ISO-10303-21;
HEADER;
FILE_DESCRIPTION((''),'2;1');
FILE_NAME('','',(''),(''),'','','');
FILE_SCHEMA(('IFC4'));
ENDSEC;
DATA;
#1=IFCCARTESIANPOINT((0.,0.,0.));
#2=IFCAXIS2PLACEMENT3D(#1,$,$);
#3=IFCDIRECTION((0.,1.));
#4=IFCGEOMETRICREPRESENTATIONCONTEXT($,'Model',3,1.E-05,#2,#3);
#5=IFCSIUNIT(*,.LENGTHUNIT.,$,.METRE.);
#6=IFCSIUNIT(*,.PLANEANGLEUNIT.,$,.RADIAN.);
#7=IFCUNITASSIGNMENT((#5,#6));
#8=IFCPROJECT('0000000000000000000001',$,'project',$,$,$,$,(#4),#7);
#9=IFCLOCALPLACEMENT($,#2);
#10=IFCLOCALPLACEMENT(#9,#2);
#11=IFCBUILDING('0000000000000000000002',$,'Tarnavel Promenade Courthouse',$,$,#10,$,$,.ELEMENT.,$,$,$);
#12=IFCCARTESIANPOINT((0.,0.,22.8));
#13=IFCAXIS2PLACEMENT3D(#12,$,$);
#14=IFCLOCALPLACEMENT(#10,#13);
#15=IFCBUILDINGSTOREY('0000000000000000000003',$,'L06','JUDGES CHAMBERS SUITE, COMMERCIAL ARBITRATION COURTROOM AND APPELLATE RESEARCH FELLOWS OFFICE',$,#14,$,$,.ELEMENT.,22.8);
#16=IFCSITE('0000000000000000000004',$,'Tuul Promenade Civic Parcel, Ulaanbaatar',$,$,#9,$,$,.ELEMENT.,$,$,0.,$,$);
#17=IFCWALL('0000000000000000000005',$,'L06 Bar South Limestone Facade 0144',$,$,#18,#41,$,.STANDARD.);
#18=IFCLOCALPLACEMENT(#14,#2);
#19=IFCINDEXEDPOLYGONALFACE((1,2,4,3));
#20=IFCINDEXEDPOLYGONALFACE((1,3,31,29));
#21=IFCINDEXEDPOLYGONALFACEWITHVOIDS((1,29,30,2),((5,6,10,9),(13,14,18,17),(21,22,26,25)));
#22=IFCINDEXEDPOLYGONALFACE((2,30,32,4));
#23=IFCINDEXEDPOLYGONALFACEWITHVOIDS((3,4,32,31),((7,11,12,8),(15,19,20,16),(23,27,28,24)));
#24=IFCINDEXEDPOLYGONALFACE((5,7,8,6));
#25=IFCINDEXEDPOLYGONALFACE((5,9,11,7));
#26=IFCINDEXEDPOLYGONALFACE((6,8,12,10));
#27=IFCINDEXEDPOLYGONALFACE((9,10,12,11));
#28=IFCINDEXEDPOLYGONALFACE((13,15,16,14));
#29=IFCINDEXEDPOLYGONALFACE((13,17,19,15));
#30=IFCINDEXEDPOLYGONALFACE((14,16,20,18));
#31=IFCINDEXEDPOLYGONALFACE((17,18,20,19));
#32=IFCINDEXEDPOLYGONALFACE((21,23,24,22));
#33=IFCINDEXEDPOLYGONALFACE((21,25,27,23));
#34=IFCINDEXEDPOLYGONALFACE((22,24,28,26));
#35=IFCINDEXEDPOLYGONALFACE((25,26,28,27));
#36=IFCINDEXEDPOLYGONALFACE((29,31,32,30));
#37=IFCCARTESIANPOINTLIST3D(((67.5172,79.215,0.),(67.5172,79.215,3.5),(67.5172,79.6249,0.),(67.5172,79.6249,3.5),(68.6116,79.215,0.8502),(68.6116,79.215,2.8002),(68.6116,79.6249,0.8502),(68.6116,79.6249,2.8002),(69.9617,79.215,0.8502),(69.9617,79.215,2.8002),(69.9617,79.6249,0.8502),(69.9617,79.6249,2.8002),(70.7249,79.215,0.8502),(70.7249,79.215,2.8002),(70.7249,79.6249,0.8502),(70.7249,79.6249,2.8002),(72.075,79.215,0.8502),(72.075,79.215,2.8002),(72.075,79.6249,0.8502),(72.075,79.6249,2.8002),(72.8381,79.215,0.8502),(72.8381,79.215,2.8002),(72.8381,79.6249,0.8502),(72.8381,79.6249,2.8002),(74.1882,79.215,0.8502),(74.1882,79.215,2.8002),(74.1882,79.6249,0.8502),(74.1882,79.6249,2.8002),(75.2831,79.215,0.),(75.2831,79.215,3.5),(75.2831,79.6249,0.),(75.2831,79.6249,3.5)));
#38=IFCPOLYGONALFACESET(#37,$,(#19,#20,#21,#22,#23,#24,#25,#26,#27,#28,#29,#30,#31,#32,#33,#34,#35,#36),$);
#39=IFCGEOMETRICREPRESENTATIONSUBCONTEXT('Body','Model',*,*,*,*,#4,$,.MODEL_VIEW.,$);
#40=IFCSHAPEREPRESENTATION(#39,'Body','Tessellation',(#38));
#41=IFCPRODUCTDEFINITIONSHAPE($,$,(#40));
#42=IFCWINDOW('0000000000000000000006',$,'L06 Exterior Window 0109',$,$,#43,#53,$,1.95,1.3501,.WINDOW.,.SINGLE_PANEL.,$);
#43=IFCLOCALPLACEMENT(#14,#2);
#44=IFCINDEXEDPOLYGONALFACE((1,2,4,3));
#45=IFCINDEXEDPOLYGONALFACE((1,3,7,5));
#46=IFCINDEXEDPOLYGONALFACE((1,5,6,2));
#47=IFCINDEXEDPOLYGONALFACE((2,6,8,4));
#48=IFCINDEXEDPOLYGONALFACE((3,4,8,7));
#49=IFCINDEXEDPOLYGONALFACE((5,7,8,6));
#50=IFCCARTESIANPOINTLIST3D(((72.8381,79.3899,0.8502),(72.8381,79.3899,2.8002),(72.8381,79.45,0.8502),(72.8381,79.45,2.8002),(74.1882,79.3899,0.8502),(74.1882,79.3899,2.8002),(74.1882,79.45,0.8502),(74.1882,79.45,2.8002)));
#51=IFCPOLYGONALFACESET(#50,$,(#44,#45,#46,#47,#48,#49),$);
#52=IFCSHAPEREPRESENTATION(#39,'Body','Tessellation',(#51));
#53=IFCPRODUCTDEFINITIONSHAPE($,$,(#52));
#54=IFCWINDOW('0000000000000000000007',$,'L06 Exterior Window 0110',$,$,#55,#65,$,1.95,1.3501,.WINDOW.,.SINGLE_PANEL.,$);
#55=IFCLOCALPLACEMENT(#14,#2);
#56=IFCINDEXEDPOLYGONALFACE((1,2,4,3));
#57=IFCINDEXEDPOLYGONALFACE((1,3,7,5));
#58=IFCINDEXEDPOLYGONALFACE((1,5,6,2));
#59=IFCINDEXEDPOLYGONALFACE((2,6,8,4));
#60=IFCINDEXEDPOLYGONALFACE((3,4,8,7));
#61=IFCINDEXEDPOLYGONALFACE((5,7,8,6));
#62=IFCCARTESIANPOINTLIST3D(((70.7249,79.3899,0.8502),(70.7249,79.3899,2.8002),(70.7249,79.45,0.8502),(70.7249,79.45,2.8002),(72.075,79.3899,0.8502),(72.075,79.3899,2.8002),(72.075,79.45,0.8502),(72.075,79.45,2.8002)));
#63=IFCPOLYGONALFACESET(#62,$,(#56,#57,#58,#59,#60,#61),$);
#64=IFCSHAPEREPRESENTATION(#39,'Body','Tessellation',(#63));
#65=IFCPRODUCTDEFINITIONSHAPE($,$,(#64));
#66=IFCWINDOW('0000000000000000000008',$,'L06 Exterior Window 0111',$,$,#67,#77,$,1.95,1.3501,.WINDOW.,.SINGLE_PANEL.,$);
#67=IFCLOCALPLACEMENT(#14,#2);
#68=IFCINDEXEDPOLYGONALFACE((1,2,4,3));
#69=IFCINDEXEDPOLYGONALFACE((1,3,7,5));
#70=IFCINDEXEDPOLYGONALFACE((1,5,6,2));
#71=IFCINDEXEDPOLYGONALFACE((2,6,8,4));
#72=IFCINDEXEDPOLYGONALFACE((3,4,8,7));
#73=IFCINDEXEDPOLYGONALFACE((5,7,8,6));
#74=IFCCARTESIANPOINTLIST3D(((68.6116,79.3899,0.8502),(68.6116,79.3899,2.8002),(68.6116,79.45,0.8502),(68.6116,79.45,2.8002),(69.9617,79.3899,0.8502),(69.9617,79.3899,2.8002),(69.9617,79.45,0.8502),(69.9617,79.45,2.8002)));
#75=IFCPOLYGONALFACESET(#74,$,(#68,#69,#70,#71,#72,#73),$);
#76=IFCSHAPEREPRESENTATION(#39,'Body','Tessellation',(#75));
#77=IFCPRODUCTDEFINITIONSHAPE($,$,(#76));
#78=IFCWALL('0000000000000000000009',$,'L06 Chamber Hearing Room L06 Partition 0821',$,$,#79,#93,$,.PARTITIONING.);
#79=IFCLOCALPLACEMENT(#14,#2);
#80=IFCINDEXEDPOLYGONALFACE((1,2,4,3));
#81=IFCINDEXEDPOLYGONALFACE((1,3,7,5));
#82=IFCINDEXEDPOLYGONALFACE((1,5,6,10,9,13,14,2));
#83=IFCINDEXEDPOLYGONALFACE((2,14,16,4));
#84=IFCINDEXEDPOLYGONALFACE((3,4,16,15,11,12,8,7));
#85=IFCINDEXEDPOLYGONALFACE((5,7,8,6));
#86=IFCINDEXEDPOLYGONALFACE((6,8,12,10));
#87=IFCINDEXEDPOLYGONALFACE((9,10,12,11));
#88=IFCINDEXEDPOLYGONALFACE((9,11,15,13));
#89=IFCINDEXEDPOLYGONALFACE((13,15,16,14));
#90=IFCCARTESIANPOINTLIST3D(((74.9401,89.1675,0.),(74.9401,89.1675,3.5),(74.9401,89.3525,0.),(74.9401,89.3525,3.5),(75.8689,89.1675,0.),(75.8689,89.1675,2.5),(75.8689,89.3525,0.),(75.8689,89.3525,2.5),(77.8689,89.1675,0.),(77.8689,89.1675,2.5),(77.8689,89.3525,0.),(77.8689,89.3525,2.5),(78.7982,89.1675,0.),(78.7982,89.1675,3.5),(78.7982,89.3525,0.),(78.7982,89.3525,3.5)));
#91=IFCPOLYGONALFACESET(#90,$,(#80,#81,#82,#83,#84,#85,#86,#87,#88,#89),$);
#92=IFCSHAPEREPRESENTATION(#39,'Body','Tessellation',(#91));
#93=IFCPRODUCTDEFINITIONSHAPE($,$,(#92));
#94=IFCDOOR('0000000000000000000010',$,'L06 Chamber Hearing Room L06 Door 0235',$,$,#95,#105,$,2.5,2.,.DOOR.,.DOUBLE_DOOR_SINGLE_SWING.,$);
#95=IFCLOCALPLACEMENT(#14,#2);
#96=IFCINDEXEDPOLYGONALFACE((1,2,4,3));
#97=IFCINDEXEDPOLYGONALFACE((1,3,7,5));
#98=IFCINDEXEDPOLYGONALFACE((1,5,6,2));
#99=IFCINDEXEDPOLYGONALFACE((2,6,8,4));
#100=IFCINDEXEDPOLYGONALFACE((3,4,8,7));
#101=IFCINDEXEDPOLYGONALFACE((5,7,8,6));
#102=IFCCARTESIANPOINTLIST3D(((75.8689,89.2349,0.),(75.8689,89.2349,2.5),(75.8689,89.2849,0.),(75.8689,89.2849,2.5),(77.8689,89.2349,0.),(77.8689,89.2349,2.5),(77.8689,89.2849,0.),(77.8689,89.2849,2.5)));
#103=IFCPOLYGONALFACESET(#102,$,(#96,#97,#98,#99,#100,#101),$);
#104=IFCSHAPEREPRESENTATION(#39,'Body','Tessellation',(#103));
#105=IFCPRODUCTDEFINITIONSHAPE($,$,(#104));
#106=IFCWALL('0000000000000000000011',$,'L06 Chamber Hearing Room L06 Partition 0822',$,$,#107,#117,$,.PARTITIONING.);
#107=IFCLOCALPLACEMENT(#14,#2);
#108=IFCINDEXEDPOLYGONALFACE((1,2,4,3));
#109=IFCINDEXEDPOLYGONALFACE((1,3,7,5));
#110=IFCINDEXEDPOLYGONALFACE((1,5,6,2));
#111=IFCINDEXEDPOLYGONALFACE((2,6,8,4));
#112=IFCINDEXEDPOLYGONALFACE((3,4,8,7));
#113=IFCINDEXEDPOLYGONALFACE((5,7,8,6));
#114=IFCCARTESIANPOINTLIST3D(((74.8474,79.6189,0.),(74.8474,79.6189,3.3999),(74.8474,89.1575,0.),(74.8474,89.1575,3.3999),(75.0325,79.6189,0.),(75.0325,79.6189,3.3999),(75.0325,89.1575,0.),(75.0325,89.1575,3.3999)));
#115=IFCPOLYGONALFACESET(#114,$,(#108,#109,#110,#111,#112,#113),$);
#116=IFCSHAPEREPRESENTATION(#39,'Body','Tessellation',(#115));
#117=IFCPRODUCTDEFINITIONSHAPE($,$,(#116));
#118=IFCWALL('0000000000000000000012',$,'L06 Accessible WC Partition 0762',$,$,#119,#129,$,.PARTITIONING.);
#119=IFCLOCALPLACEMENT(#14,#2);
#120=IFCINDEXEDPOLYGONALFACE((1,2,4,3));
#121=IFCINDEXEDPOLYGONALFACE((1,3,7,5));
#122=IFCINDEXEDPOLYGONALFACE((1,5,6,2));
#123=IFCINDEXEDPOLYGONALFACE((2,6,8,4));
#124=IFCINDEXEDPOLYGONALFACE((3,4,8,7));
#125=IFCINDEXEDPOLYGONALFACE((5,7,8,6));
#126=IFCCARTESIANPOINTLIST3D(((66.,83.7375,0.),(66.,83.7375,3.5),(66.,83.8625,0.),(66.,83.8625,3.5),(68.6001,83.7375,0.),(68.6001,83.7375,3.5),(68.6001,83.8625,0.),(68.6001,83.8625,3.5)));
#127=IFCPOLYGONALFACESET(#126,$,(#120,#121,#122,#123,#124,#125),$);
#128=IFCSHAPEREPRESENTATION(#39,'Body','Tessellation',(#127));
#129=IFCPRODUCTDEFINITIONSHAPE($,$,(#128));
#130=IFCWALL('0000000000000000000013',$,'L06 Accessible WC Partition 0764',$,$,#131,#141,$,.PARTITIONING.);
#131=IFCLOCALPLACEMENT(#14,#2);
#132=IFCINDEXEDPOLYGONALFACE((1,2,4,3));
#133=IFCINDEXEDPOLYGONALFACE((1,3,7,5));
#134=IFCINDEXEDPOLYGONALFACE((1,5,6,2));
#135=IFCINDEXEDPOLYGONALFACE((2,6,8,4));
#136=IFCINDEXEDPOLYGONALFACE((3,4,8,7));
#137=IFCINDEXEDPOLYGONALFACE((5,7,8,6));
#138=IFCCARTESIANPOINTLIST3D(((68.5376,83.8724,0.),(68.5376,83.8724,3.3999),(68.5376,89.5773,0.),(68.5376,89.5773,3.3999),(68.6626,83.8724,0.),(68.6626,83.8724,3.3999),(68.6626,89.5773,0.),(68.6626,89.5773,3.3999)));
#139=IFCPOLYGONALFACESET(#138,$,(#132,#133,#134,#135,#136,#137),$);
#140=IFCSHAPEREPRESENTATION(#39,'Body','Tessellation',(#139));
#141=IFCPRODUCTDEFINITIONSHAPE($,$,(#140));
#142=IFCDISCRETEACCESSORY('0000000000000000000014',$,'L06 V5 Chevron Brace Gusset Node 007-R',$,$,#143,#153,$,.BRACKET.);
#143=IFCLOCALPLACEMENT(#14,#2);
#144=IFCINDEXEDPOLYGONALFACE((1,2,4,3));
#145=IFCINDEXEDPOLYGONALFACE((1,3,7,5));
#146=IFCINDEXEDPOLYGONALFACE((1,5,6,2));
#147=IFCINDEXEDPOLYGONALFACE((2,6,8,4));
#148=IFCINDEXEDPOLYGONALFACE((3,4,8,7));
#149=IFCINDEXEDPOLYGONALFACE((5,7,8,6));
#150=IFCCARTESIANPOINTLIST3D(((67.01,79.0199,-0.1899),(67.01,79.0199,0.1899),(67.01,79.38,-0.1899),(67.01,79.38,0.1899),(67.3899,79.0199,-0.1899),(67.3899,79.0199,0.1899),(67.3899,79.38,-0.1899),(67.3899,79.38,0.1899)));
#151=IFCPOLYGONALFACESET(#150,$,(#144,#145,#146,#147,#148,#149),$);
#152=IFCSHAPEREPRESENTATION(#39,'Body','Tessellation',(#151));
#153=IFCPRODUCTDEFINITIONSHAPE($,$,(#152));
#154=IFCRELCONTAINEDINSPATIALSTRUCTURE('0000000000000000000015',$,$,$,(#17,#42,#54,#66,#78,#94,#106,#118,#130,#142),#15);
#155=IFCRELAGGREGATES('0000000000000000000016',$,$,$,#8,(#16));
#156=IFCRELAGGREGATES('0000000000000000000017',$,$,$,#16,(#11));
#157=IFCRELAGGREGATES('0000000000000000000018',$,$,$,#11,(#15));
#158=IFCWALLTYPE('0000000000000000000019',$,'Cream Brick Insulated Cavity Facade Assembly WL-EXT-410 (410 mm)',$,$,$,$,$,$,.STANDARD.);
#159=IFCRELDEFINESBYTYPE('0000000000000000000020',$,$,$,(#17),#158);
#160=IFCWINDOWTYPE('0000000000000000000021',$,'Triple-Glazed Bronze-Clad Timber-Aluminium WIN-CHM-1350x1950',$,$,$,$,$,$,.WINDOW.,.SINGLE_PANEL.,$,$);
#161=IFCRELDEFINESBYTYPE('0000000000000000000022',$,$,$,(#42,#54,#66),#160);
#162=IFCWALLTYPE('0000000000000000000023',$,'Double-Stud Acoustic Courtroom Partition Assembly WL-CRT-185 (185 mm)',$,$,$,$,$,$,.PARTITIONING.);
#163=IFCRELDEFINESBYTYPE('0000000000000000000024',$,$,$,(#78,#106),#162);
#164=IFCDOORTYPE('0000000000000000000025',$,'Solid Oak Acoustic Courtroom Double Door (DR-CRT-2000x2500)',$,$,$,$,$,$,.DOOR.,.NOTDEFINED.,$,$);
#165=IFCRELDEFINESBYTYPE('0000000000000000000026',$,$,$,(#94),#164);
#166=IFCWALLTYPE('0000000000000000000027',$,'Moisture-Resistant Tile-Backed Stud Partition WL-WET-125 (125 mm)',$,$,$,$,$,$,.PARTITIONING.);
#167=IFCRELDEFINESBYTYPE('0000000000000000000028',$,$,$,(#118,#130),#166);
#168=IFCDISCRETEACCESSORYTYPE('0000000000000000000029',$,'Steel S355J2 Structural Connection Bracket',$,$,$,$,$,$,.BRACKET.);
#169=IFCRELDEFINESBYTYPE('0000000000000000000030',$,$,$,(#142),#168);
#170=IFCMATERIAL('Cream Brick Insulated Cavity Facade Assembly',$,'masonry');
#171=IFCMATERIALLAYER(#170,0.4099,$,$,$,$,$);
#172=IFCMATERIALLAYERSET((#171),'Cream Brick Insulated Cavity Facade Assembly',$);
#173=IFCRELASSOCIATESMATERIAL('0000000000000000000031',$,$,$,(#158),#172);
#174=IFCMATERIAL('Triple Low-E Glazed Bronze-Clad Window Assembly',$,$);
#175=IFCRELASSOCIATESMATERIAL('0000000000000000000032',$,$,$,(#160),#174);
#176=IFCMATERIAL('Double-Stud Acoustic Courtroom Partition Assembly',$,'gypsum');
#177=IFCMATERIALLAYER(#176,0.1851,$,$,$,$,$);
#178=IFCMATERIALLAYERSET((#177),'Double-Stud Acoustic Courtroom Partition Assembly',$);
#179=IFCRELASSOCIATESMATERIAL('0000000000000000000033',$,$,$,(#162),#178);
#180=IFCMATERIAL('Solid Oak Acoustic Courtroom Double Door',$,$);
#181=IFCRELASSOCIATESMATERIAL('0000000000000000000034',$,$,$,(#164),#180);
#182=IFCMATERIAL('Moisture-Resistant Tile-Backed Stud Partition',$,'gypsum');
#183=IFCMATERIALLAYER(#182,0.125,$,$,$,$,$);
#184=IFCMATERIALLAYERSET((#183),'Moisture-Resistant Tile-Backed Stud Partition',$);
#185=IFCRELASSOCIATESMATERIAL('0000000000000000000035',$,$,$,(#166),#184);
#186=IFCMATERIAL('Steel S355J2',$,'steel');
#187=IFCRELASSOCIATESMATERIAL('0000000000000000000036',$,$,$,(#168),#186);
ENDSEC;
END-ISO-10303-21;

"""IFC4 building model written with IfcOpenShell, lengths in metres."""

from ifc_helpers import new_model, si_unit, direction, frame, frame_2d, origin, origin_2d, place, context, subcontext, project, spatial, rectangle, extrude, material, layer, layer_set, type_object, element, fill, save


model = new_model("IFC4")

# Units and contexts
model_context = context("Model", 3, precision=1e-05, world=origin(), true_north=direction((0.0, 1.0)))
body_context = subcontext(model_context, "Body", "Model", "MODEL_VIEW")
ifc_project = project(units=[si_unit("LENGTHUNIT", "METRE"), si_unit("PLANEANGLEUNIT", "RADIAN")], contexts=[model_context])

# Site, building, storey
site_placement = place(None, origin())
site = spatial("IfcSite", under=ifc_project, at=site_placement, Name="Tuul Promenade Civic Parcel, Ulaanbaatar", CompositionType="ELEMENT", RefElevation=0.0)
building_placement = place(site_placement, origin())
building = spatial("IfcBuilding", under=site, at=building_placement, Name="Tarnavel Promenade Courthouse", CompositionType="ELEMENT")
storey_placement = place(building_placement, frame((0.0, 0.0, 22.8)))
storey = spatial("IfcBuildingStorey", under=building, at=storey_placement, Name="L06", Description="JUDGES CHAMBERS SUITE, COMMERCIAL ARBITRATION COURTROOM AND APPELLATE RESEARCH FELLOWS OFFICE", CompositionType="ELEMENT", Elevation=22.8)

# Shared definitions
ifc_material_1 = material(Name="Steel S355J2", Category="steel")

# Wall, openings, windows
ifc_material_2 = material(Name="Cream Brick Insulated Cavity Facade Assembly", Category="masonry")
ifc_layer_1 = layer(ifc_material_2, 0.4099)
ifc_layer_set_1 = layer_set([ifc_layer_1], Name="Cream Brick Insulated Cavity Facade Assembly")
wall_type_1 = type_object("IfcWallType", Name="Cream Brick Insulated Cavity Facade Assembly WL-EXT-410 (410 mm)", PredefinedType="STANDARD", material=ifc_layer_set_1)
wall_1_placement = place(storey_placement, frame((75.283, 79.4199, 0.0), z_axis=(0.0, 0.0, 1.0), x_axis=(-1.0, 0.0, 0.0)))
wall_1 = element("IfcWall", 1, at=wall_1_placement, inside=storey, type_object=wall_type_1, Name="L06 Bar South Limestone Facade 0144", PredefinedType="STANDARD", context=body_context, shape_type="SweptSolid", body=[
    extrude(rectangle(XDim=7.7659, YDim=0.4099, at=frame_2d((3.8828, 0.0))), origin(), (0.0, 0.0, 1.0), 3.5),
])
opening_1_placement = place(wall_1_placement, frame((1.0947, 0.0, 0.8501)))
opening_1 = element("IfcOpeningElement", 2, at=opening_1_placement, cuts=wall_1, PredefinedType="OPENING", context=body_context, shape_type="SweptSolid", body=[
    extrude(rectangle(XDim=1.3501, YDim=1.95, at=frame_2d((0.675, 0.9751))), frame((0.0, 0.2148, 0.0), z_axis=(0.0, -1.0, 0.0), x_axis=(1.0, 0.0, 0.0)), (0.0, 0.0, 1.0), 0.4299),
])
opening_2_placement = place(wall_1_placement, frame((3.208, 0.0, 0.8501)))
opening_2 = element("IfcOpeningElement", 3, at=opening_2_placement, cuts=wall_1, PredefinedType="OPENING", context=body_context, shape_type="SweptSolid", body=[
    extrude(rectangle(XDim=1.3501, YDim=1.95, at=frame_2d((0.675, 0.9751))), frame((0.0, 0.2148, 0.0), z_axis=(0.0, -1.0, 0.0), x_axis=(1.0, 0.0, 0.0)), (0.0, 0.0, 1.0), 0.4299),
])
opening_3_placement = place(wall_1_placement, frame((5.3213, 0.0, 0.8501)))
opening_3 = element("IfcOpeningElement", 4, at=opening_3_placement, cuts=wall_1, PredefinedType="OPENING", context=body_context, shape_type="SweptSolid", body=[
    extrude(rectangle(XDim=1.3501, YDim=1.95, at=frame_2d((0.675, 0.9751))), frame((0.0, 0.2148, 0.0), z_axis=(0.0, -1.0, 0.0), x_axis=(1.0, 0.0, 0.0)), (0.0, 0.0, 1.0), 0.4299),
])
ifc_material_3 = material(Name="Triple Low-E Glazed Bronze-Clad Window Assembly")
window_type = type_object("IfcWindowType", Name="Triple-Glazed Bronze-Clad Timber-Aluminium WIN-CHM-1350x1950", PartitioningType="SINGLE_PANEL", PredefinedType="WINDOW", material=ifc_material_3)
window_1_placement = place(opening_1_placement, origin())
window_1 = element("IfcWindow", 5, at=window_1_placement, inside=storey, type_object=window_type, Name="L06 Exterior Window 0109", OverallHeight=1.95, OverallWidth=1.3501, PartitioningType="SINGLE_PANEL", PredefinedType="WINDOW", context=body_context, shape_type="SweptSolid", body=[
    extrude(rectangle(XDim=1.3501, YDim=1.95, at=frame_2d((0.675, 0.9751))), frame((0.0, 0.03, 0.0), z_axis=(0.0, -1.0, 0.0), x_axis=(1.0, 0.0, 0.0)), (0.0, 0.0, 1.0), 0.0601),
])
fill(opening_1, window_1)
window_2_placement = place(opening_2_placement, origin())
window_2 = element("IfcWindow", 6, at=window_2_placement, inside=storey, type_object=window_type, Name="L06 Exterior Window 0110", OverallHeight=1.95, OverallWidth=1.3501, PartitioningType="SINGLE_PANEL", PredefinedType="WINDOW", context=body_context, shape_type="SweptSolid", body=[
    extrude(rectangle(XDim=1.3501, YDim=1.95, at=frame_2d((0.675, 0.9751))), frame((0.0, 0.03, 0.0), z_axis=(0.0, -1.0, 0.0), x_axis=(1.0, 0.0, 0.0)), (0.0, 0.0, 1.0), 0.0601),
])
fill(opening_2, window_2)
window_3_placement = place(opening_3_placement, origin())
window_3 = element("IfcWindow", 7, at=window_3_placement, inside=storey, type_object=window_type, Name="L06 Exterior Window 0111", OverallHeight=1.95, OverallWidth=1.3501, PartitioningType="SINGLE_PANEL", PredefinedType="WINDOW", context=body_context, shape_type="SweptSolid", body=[
    extrude(rectangle(XDim=1.3501, YDim=1.95, at=frame_2d((0.675, 0.9751))), frame((0.0, 0.03, 0.0), z_axis=(0.0, -1.0, 0.0), x_axis=(1.0, 0.0, 0.0)), (0.0, 0.0, 1.0), 0.0601),
])
fill(opening_3, window_3)

# Wall, opening, door
ifc_material_4 = material(Name="Double-Stud Acoustic Courtroom Partition Assembly", Category="gypsum")
ifc_layer_2 = layer(ifc_material_4, 0.1851)
ifc_layer_set_2 = layer_set([ifc_layer_2], Name="Double-Stud Acoustic Courtroom Partition Assembly")
wall_type_2 = type_object("IfcWallType", Name="Double-Stud Acoustic Courtroom Partition Assembly WL-CRT-185 (185 mm)", PredefinedType="PARTITIONING", material=ifc_layer_set_2)
wall_2_placement = place(storey_placement, frame((74.9399, 89.26, 0.0), z_axis=(0.0, 0.0, 1.0), x_axis=(1.0, 0.0, 0.0)))
wall_2 = element("IfcWall", 8, at=wall_2_placement, inside=storey, type_object=wall_type_2, Name="L06 Chamber Hearing Room L06 Partition 0821", PredefinedType="PARTITIONING", context=body_context, shape_type="SweptSolid", body=[
    extrude(rectangle(XDim=3.8582, YDim=0.1851, at=frame_2d((1.9292, 0.0))), origin(), (0.0, 0.0, 1.0), 3.5),
])
opening_4_placement = place(wall_2_placement, frame((0.929, 0.0, 0.0)))
opening_4 = element("IfcOpeningElement", 9, at=opening_4_placement, cuts=wall_2, PredefinedType="OPENING", context=body_context, shape_type="SweptSolid", body=[
    extrude(rectangle(XDim=2.0, YDim=2.5, at=frame_2d((1.0, 1.25))), frame((0.0, 0.1025, 0.0), z_axis=(0.0, -1.0, 0.0), x_axis=(1.0, 0.0, 0.0)), (0.0, 0.0, 1.0), 0.2051),
])
ifc_material_5 = material(Name="Solid Oak Acoustic Courtroom Double Door")
door_type_1 = type_object("IfcDoorType", Name="Solid Oak Acoustic Courtroom Double Door (DR-CRT-2000x2500)", OperationType="NOTDEFINED", PredefinedType="DOOR", material=ifc_material_5)
door_1_placement = place(opening_4_placement, origin())
door_1 = element("IfcDoor", 10, at=door_1_placement, inside=storey, type_object=door_type_1, Name="L06 Chamber Hearing Room L06 Door 0235", OperationType="DOUBLE_DOOR_SINGLE_SWING", OverallHeight=2.5, OverallWidth=2.0, PredefinedType="DOOR", context=body_context, shape_type="SweptSolid", body=[
    extrude(rectangle(XDim=2.0, YDim=2.5, at=frame_2d((1.0, 1.25))), frame((0.0, 0.0249, 0.0), z_axis=(0.0, -1.0, 0.0), x_axis=(1.0, 0.0, 0.0)), (0.0, 0.0, 1.0), 0.05),
])
fill(opening_4, door_1)

# Walls
wall_3_placement = place(storey_placement, frame((74.9399, 79.6189, 0.0), z_axis=(0.0, 0.0, 1.0), x_axis=(0.0, 1.0, 0.0)))
element("IfcWall", 11, at=wall_3_placement, inside=storey, type_object=wall_type_2, Name="L06 Chamber Hearing Room L06 Partition 0822", PredefinedType="PARTITIONING", context=body_context, shape_type="SweptSolid", body=[
    extrude(rectangle(XDim=9.5386, YDim=0.1851, at=frame_2d((4.7693, 0.0))), origin(), (0.0, 0.0, 1.0), 3.3999),
])
ifc_material_6 = material(Name="Moisture-Resistant Tile-Backed Stud Partition", Category="gypsum")
ifc_layer_3 = layer(ifc_material_6, 0.125)
ifc_layer_set_3 = layer_set([ifc_layer_3], Name="Moisture-Resistant Tile-Backed Stud Partition")
wall_type_3 = type_object("IfcWallType", Name="Moisture-Resistant Tile-Backed Stud Partition WL-WET-125 (125 mm)", PredefinedType="PARTITIONING", material=ifc_layer_set_3)
wall_4_placement = place(storey_placement, frame((68.6001, 83.8, 0.0), z_axis=(0.0, 0.0, 1.0), x_axis=(-1.0, 0.0, 0.0)))
element("IfcWall", 12, at=wall_4_placement, inside=storey, type_object=wall_type_3, Name="L06 Accessible WC Partition 0762", PredefinedType="PARTITIONING", context=body_context, shape_type="SweptSolid", body=[
    extrude(rectangle(XDim=2.6001, YDim=0.125, at=frame_2d((1.3, 0.0))), origin(), (0.0, 0.0, 1.0), 3.5),
])
wall_5_placement = place(storey_placement, frame((68.6001, 89.5774, 0.0), z_axis=(0.0, 0.0, 1.0), x_axis=(0.0, -1.0, 0.0)))
element("IfcWall", 13, at=wall_5_placement, inside=storey, type_object=wall_type_3, Name="L06 Accessible WC Partition 0764", PredefinedType="PARTITIONING", context=body_context, shape_type="SweptSolid", body=[
    extrude(rectangle(XDim=5.7048, YDim=0.125, at=frame_2d((2.8525, 0.0))), origin(), (0.0, 0.0, 1.0), 3.3999),
])

# Discrete accessory
discrete_accessory_type = type_object("IfcDiscreteAccessoryType", Name="Steel S355J2 Structural Connection Bracket", PredefinedType="BRACKET", material=ifc_material_1)
discrete_accessory_placement = place(storey_placement, frame((67.2, 79.2, -0.1899), z_axis=(0.0, 0.0, 1.0), x_axis=(1.0, 0.0, 0.0)))
element("IfcDiscreteAccessory", 14, at=discrete_accessory_placement, inside=storey, type_object=discrete_accessory_type, Name="L06 V5 Chevron Brace Gusset Node 007-R", PredefinedType="BRACKET", context=body_context, shape_type="SweptSolid", body=[
    extrude(rectangle(XDim=0.3799, YDim=0.3601, at=origin_2d()), origin(), (0.0, 0.0, 1.0), 0.3799),
])

save(model, "model.ifc")
